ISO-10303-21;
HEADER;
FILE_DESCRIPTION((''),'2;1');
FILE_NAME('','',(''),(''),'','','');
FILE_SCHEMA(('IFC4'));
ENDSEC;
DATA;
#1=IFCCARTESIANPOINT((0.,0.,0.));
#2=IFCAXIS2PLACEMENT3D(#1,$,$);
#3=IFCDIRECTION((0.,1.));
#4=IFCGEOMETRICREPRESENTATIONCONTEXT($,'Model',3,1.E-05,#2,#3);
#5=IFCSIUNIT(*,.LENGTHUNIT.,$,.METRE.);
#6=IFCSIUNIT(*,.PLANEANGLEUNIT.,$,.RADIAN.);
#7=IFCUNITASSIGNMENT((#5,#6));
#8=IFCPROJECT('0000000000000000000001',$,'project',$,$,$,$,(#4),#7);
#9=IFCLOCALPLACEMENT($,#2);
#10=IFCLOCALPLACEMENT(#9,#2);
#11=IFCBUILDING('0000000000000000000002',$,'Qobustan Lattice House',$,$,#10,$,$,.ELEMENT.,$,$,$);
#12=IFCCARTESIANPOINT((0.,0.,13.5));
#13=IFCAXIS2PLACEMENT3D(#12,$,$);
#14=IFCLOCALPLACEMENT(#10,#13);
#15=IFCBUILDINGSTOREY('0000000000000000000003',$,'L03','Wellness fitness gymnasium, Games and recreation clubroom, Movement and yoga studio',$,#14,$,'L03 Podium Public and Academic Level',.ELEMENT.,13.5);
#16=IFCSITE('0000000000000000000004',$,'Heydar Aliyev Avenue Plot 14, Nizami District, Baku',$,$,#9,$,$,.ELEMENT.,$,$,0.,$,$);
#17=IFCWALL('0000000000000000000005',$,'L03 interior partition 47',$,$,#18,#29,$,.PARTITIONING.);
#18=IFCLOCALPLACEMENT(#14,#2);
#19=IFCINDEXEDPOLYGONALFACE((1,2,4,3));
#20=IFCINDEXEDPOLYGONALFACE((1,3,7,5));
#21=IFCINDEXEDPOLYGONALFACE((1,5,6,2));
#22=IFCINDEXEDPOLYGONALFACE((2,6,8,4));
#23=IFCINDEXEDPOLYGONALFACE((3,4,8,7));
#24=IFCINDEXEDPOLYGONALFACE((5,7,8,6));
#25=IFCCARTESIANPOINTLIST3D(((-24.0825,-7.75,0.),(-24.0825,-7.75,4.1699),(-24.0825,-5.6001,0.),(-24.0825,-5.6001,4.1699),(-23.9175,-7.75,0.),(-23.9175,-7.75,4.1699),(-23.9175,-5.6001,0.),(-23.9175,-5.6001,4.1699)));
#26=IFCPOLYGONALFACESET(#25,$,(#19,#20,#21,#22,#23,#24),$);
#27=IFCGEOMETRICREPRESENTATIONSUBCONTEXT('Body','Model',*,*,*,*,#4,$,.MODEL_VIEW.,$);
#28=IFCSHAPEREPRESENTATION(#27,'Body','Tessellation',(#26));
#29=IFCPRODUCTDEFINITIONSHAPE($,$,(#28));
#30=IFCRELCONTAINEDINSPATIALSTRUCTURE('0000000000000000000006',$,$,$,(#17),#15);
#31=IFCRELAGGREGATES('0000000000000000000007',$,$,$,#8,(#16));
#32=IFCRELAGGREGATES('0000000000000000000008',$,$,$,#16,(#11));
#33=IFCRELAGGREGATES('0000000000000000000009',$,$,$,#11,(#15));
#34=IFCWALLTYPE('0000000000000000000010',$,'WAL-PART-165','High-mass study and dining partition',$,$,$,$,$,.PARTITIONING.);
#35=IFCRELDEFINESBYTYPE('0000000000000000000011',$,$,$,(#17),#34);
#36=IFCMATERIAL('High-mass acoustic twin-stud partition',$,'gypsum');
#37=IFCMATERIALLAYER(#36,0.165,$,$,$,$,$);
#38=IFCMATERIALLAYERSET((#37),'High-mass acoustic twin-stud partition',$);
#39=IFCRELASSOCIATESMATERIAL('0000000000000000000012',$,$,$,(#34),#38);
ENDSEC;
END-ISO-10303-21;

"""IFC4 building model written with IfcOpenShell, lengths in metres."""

from ifc_helpers import new_model, si_unit, direction, frame, frame_2d, origin, place, context, subcontext, project, spatial, rectangle, extrude, material, layer, layer_set, type_object, element, save


model = new_model("IFC4")

# Units and contexts
model_context = context("Model", 3, precision=1e-05, world=origin(), true_north=direction((0.0, 1.0)))
body_context = subcontext(model_context, "Body", "Model", "MODEL_VIEW")
ifc_project = project(units=[si_unit("LENGTHUNIT", "METRE"), si_unit("PLANEANGLEUNIT", "RADIAN")], contexts=[model_context])

# Site, building, storey
site_placement = place(None, origin())
site = spatial("IfcSite", under=ifc_project, at=site_placement, Name="Heydar Aliyev Avenue Plot 14, Nizami District, Baku", CompositionType="ELEMENT", RefElevation=0.0)
building_placement = place(site_placement, origin())
building = spatial("IfcBuilding", under=site, at=building_placement, Name="Qobustan Lattice House", CompositionType="ELEMENT")
storey_placement = place(building_placement, frame((0.0, 0.0, 13.5)))
storey = spatial("IfcBuildingStorey", under=building, at=storey_placement, Name="L03", Description="Wellness fitness gymnasium, Games and recreation clubroom, Movement and yoga studio", LongName="L03 Podium Public and Academic Level", CompositionType="ELEMENT", Elevation=13.5)

# Wall
ifc_material_1 = material(Name="High-mass acoustic twin-stud partition", Category="gypsum")
ifc_layer_1 = layer(ifc_material_1, 0.165)
ifc_layer_set_1 = layer_set([ifc_layer_1], Name="High-mass acoustic twin-stud partition")
wall_type = type_object("IfcWallType", Name="WAL-PART-165", Description="High-mass study and dining partition", PredefinedType="PARTITIONING", material=ifc_layer_set_1)
wall_1_placement = place(storey_placement, frame((-24.0, -7.75, 0.0), z_axis=(0.0, 0.0, 1.0), x_axis=(0.0, 1.0, 0.0)))
element("IfcWall", 1, at=wall_1_placement, inside=storey, type_object=wall_type, Name="L03 interior partition 47", PredefinedType="PARTITIONING", context=body_context, shape_type="SweptSolid", body=[
    extrude(rectangle(XDim=2.1499, YDim=0.165, at=frame_2d((1.075, 0.0))), origin(), (0.0, 0.0, 1.0), 4.1699),
])

save(model, "model.ifc")
